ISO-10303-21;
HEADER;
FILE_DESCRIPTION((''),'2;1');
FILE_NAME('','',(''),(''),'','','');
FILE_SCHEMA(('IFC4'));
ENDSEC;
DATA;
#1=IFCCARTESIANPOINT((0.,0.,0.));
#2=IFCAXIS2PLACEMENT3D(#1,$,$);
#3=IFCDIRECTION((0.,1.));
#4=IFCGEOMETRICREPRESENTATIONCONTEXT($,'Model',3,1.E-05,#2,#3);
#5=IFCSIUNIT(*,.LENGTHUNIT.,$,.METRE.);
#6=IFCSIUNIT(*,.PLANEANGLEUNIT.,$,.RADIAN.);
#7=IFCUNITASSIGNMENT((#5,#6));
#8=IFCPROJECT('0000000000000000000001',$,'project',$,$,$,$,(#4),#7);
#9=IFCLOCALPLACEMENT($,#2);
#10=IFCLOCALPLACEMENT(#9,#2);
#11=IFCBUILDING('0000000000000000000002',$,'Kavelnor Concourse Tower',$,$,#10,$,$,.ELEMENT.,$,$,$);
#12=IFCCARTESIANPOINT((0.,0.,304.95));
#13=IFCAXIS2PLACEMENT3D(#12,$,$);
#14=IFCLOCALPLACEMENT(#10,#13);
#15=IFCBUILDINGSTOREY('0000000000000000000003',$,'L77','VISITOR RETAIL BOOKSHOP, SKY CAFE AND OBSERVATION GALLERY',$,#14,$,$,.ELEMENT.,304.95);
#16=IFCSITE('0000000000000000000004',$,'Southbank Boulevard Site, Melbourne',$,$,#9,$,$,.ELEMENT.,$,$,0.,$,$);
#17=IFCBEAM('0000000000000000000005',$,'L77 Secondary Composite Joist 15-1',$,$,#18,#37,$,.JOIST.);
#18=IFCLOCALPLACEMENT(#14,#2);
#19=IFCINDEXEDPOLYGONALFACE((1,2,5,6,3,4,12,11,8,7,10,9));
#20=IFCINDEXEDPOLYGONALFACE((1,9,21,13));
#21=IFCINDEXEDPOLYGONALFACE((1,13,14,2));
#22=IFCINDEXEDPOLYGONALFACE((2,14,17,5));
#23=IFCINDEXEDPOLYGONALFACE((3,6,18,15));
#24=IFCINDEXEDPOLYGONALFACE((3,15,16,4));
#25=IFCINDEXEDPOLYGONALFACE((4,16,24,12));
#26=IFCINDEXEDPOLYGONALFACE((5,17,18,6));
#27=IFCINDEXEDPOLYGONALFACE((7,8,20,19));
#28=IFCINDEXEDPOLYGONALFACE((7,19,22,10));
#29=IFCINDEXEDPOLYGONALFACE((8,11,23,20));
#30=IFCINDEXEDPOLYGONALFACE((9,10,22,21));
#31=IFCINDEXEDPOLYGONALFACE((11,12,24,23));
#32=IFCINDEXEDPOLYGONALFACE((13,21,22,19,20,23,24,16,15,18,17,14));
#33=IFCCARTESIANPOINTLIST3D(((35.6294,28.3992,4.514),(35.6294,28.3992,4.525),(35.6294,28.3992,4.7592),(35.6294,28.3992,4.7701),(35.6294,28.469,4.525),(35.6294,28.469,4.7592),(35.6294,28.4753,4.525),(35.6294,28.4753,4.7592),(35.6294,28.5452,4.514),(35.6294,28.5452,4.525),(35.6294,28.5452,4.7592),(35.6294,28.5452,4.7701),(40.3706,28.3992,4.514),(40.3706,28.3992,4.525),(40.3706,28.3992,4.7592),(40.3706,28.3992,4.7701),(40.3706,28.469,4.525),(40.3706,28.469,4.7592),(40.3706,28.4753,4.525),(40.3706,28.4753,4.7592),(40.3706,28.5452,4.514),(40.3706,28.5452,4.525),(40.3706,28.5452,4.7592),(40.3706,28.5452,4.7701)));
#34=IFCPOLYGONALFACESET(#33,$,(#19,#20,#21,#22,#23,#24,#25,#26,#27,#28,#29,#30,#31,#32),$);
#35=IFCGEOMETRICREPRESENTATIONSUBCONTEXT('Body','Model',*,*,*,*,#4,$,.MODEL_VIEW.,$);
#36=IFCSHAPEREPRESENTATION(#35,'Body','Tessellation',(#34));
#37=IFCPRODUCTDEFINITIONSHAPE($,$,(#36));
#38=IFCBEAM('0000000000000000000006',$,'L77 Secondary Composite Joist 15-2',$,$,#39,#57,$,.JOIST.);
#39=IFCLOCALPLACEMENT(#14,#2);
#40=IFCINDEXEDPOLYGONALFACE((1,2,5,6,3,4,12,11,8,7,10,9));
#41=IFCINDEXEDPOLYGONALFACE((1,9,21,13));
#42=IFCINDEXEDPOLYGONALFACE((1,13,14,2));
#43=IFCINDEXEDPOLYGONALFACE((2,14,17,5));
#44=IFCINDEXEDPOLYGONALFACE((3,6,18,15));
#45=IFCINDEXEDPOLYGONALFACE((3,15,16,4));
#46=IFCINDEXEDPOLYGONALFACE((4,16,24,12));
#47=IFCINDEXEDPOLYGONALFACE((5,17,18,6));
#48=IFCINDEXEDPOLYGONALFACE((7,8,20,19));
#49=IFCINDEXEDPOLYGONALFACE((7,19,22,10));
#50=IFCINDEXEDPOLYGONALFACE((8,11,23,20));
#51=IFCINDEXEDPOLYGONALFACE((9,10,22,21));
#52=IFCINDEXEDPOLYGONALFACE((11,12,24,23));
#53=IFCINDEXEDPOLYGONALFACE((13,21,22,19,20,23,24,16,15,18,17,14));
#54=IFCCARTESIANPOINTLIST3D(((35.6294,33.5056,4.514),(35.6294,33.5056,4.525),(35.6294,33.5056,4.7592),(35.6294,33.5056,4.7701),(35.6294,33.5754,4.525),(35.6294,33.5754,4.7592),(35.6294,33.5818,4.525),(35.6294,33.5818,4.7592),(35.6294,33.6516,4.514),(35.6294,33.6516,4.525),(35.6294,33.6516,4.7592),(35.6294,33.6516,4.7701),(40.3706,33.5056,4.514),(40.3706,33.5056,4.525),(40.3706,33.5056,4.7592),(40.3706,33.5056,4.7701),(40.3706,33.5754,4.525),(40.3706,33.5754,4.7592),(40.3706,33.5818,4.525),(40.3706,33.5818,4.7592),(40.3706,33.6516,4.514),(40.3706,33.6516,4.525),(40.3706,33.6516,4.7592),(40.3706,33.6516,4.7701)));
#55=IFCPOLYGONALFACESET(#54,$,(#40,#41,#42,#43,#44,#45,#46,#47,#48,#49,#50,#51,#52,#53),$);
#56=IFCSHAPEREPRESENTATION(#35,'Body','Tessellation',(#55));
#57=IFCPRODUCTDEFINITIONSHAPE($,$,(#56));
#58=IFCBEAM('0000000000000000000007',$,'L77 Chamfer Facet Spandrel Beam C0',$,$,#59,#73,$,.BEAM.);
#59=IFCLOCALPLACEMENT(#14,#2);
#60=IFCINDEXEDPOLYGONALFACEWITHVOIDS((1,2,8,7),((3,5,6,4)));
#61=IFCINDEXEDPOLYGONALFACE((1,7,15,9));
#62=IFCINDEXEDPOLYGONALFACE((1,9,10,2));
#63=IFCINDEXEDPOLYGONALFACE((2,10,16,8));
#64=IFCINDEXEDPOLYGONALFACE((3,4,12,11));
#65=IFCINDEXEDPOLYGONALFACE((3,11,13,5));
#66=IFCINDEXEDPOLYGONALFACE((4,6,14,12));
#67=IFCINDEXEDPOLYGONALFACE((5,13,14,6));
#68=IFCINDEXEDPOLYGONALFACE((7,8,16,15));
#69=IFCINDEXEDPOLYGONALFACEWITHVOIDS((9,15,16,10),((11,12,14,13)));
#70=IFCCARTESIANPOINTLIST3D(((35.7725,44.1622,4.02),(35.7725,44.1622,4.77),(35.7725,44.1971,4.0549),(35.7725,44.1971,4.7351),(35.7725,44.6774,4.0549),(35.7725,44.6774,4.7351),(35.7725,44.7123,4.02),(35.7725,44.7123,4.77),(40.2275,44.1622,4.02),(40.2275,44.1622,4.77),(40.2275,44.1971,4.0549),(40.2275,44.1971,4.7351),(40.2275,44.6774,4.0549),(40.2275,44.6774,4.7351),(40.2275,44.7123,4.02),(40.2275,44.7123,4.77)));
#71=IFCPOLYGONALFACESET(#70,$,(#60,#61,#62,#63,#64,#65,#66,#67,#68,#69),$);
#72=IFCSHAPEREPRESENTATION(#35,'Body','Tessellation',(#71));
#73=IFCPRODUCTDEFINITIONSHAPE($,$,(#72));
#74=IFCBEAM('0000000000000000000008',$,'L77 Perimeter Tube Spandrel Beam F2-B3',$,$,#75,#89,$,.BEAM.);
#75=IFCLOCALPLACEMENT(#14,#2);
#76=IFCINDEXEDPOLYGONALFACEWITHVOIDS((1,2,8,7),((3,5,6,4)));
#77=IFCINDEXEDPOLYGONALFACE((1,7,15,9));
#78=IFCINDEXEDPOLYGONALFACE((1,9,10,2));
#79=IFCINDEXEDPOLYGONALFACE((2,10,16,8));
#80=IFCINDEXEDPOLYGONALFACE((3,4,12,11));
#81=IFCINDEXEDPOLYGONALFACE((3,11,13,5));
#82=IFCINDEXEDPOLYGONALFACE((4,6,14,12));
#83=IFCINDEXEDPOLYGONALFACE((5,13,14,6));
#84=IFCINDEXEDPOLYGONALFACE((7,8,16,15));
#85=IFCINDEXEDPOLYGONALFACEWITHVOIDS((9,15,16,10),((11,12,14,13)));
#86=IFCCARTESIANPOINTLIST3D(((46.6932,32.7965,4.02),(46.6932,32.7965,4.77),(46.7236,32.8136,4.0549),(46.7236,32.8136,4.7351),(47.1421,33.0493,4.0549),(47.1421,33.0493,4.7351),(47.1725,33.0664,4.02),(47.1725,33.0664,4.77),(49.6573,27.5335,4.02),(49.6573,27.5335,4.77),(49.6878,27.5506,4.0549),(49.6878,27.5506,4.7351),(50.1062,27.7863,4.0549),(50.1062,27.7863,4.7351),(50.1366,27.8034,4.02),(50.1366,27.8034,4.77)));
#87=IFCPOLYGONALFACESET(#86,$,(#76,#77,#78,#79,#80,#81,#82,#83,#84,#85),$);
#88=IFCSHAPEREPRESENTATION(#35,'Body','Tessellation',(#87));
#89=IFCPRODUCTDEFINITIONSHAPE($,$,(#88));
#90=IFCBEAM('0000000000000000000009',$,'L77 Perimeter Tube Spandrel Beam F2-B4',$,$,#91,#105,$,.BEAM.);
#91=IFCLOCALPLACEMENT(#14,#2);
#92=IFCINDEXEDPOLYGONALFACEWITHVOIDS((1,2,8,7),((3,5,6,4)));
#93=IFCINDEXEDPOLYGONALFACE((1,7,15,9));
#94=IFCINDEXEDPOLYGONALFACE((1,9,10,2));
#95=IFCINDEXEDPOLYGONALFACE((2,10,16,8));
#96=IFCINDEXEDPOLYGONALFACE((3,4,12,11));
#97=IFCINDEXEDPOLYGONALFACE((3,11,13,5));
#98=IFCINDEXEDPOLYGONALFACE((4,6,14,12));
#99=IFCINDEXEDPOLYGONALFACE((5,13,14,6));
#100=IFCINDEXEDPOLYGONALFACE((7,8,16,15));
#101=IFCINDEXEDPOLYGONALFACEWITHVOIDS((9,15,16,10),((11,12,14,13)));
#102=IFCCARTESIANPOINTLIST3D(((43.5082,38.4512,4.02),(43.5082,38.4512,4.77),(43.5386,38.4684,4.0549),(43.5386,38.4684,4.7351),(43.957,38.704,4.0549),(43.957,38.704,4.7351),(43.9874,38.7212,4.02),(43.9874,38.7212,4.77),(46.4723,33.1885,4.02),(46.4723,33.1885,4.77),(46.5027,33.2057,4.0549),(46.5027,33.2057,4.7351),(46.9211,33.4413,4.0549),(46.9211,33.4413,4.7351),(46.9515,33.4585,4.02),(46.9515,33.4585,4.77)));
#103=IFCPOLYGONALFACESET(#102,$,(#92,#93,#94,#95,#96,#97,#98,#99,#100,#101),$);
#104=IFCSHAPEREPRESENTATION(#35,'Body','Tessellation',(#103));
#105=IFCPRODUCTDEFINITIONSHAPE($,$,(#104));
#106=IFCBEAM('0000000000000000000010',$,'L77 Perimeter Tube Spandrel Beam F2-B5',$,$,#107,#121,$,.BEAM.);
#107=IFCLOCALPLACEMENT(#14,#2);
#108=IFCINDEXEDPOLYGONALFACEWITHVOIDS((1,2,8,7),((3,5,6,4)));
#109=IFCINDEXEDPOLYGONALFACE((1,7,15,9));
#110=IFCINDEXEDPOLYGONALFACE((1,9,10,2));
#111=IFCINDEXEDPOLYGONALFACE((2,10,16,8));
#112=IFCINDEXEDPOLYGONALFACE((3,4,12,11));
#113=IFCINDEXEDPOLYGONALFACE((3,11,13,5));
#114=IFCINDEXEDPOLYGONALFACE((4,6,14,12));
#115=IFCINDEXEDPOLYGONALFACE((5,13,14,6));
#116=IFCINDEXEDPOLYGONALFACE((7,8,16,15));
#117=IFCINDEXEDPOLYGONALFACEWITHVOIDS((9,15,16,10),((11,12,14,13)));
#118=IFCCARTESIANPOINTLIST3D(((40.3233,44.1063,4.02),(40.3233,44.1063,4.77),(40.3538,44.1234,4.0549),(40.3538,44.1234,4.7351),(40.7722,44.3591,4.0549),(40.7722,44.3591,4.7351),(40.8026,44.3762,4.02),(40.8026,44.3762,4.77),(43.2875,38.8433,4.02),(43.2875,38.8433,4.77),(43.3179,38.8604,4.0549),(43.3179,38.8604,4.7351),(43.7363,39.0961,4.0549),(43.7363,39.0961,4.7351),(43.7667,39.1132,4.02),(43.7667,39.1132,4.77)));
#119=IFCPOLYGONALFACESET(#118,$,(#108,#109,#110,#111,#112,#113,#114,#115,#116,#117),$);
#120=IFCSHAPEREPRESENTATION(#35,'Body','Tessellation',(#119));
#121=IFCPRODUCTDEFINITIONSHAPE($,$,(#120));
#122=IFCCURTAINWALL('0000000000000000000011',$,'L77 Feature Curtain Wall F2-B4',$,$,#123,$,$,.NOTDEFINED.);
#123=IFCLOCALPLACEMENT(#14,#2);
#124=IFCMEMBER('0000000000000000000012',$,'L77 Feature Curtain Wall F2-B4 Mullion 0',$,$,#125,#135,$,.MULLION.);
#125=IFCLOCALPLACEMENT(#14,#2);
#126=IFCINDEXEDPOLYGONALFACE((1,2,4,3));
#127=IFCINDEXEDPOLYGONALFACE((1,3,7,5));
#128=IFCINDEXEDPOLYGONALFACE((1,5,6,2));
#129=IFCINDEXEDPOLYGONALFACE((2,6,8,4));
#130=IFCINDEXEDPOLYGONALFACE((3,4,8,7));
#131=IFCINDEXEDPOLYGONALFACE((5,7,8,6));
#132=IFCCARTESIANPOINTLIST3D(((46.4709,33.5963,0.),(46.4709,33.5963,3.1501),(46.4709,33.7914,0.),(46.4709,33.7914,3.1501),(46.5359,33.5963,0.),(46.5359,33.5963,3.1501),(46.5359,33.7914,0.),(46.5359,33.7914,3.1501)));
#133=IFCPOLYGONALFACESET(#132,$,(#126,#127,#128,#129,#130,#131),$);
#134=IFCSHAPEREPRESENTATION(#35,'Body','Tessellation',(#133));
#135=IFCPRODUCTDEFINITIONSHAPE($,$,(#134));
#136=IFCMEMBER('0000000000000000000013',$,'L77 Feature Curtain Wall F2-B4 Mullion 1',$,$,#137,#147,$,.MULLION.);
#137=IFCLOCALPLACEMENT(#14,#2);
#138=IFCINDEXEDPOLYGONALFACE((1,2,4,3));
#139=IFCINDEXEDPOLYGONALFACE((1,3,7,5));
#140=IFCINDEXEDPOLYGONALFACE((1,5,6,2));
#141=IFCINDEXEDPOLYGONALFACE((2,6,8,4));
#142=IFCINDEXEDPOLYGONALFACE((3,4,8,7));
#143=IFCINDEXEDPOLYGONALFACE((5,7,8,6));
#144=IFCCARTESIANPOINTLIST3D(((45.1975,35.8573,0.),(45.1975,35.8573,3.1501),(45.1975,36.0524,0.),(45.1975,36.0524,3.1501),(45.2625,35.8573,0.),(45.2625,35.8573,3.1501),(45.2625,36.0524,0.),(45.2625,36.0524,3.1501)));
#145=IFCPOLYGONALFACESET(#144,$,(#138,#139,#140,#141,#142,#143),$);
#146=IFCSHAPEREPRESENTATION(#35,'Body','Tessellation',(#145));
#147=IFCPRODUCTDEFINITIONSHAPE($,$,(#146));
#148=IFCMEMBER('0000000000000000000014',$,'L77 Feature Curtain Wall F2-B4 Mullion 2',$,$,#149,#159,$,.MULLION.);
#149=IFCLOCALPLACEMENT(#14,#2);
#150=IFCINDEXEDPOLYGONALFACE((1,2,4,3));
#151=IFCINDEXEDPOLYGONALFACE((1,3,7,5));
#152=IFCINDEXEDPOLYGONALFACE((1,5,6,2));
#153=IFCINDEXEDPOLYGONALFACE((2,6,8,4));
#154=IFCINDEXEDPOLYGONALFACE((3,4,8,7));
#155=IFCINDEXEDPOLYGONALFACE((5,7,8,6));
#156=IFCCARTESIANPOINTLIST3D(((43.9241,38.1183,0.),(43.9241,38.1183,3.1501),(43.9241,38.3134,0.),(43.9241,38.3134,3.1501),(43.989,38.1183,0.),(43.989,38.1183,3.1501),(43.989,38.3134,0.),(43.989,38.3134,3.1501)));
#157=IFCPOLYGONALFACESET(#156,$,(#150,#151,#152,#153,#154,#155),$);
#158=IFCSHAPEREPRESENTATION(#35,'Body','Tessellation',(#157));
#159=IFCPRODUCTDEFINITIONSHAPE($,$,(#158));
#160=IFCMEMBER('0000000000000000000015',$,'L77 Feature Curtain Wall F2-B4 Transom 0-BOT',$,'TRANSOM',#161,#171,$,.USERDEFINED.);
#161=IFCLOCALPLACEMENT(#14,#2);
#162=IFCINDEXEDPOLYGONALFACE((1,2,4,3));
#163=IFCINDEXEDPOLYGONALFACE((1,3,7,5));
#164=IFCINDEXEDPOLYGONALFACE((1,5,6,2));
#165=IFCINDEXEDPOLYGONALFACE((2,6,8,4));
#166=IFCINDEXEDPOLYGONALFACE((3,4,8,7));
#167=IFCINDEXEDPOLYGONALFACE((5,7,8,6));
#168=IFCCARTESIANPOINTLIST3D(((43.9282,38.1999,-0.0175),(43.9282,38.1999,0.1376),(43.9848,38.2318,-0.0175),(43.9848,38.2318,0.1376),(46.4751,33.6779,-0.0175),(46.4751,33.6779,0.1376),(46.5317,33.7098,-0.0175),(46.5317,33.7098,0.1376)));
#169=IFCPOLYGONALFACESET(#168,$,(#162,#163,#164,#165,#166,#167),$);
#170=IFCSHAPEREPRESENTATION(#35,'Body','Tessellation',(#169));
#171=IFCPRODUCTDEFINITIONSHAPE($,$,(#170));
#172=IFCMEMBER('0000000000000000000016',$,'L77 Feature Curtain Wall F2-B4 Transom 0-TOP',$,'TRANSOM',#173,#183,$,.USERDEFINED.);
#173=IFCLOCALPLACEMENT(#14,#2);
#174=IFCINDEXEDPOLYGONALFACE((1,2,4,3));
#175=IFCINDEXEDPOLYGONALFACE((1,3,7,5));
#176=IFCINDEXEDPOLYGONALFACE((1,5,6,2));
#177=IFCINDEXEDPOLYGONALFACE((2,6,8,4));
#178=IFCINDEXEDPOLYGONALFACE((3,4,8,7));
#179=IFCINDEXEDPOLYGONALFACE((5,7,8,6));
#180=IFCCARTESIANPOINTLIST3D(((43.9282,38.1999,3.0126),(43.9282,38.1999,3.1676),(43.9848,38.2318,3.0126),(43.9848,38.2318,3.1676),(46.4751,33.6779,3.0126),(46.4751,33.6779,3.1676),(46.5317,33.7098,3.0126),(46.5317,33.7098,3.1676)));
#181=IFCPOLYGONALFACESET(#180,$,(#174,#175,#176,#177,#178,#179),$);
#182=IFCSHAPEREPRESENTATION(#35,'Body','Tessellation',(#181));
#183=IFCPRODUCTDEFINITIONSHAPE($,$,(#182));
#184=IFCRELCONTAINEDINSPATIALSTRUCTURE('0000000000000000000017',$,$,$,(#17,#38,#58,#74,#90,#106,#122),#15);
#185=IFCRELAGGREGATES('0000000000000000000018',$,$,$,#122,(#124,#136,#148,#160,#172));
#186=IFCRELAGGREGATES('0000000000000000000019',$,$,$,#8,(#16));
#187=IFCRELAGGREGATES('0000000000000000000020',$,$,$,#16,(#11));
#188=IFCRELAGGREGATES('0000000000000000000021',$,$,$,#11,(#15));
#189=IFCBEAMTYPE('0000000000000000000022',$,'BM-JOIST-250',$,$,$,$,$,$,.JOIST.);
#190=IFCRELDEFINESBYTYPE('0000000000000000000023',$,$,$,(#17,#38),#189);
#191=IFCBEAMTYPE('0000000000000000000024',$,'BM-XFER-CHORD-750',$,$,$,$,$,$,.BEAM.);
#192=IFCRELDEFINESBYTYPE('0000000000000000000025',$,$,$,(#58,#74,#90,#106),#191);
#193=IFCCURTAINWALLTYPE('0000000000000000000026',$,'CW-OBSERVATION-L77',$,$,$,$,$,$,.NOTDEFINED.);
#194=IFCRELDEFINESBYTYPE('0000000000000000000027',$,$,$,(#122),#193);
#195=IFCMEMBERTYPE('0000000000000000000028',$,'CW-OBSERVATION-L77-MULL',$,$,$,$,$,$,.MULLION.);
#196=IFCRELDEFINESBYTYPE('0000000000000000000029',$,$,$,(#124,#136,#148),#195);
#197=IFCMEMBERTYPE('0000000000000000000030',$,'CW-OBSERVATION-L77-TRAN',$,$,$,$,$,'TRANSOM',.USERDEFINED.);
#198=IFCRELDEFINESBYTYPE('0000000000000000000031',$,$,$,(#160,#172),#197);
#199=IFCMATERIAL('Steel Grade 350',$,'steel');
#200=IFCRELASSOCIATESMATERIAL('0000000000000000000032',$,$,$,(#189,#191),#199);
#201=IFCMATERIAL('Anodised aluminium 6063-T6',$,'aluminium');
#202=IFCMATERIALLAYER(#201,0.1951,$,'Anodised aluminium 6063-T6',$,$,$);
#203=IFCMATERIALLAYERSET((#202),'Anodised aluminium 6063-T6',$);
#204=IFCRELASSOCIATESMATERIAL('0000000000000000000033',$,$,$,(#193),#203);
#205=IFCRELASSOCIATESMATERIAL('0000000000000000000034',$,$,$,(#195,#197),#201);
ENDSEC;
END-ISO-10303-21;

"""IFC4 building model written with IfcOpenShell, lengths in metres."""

from ifc_helpers import new_model, si_unit, direction, frame, origin, origin_2d, place, context, subcontext, project, spatial, rectangle, hollow_rectangle, i_section, extrude, material, layer, layer_set, material_profile, profile_set, type_object, element, aggregate, save


model = new_model("IFC4")

# Units and contexts
model_context = context("Model", 3, precision=1e-05, world=origin(), true_north=direction((0.0, 1.0)))
body_context = subcontext(model_context, "Body", "Model", "MODEL_VIEW")
ifc_project = project(units=[si_unit("LENGTHUNIT", "METRE"), si_unit("PLANEANGLEUNIT", "RADIAN")], contexts=[model_context])

# Site, building, storey
site_placement = place(None, origin())
site = spatial("IfcSite", under=ifc_project, at=site_placement, Name="Southbank Boulevard Site, Melbourne", CompositionType="ELEMENT", RefElevation=0.0)
building_placement = place(site_placement, origin())
building = spatial("IfcBuilding", under=site, at=building_placement, Name="Kavelnor Concourse Tower", CompositionType="ELEMENT")
storey_placement = place(building_placement, frame((0.0, 0.0, 304.95)))
storey = spatial("IfcBuildingStorey", under=building, at=storey_placement, Name="L77", Description="VISITOR RETAIL BOOKSHOP, SKY CAFE AND OBSERVATION GALLERY", CompositionType="ELEMENT", Elevation=304.95)

# Shared definitions
ifc_material_1 = material(Name="Steel Grade 350", Category="steel")

# Beams
ifc_material_profile_1 = material_profile(ifc_material_1, i_section(OverallWidth=0.146, OverallDepth=0.2561, WebThickness=0.0063, FlangeThickness=0.011, at=origin_2d()), Name="250UB37")
ifc_profile_set_1 = profile_set([ifc_material_profile_1], Name="Steel Grade 350")
beam_type_1 = type_object("IfcBeamType", Name="BM-JOIST-250", PredefinedType="JOIST", material=ifc_profile_set_1)
for number, where, z_axis, x_axis, name in (
    (1, (40.3706, 28.4722, 4.6421), (-1.0, 0.0, 0.0), (0.0, -1.0, 0.0), "L77 Secondary Composite Joist 15-1"),
    (2, (40.3706, 33.5786, 4.6421), (-1.0, 0.0, 0.0), (0.0, -1.0, 0.0), "L77 Secondary Composite Joist 15-2"),
):
    element("IfcBeam", number, at=place(storey_placement, frame(where, z_axis=z_axis, x_axis=x_axis)), inside=storey, type_object=beam_type_1, Name=name, PredefinedType="JOIST", context=body_context, shape_type="SweptSolid", body=[
        extrude(i_section(OverallWidth=0.146, OverallDepth=0.2561, WebThickness=0.0063, FlangeThickness=0.011, at=origin_2d()), origin(), (0.0, 0.0, 1.0), 4.7412),
    ])
ifc_material_profile_2 = material_profile(ifc_material_1, hollow_rectangle(XDim=0.55, YDim=0.75, WallThickness=0.0349, at=origin_2d()), Name="RHS 750x550x35")
ifc_profile_set_2 = profile_set([ifc_material_profile_2], Name="Steel Grade 350")
beam_type_2 = type_object("IfcBeamType", Name="BM-XFER-CHORD-750", PredefinedType="BEAM", material=ifc_profile_set_2)
beam_1_placement = place(storey_placement, frame((40.2275, 44.4373, 4.395), z_axis=(-1.0, 0.0, 0.0), x_axis=(0.0, -1.0, 0.0)))
element("IfcBeam", 3, at=beam_1_placement, inside=storey, type_object=beam_type_2, Name="L77 Chamfer Facet Spandrel Beam C0", PredefinedType="BEAM", context=body_context, shape_type="SweptSolid", body=[
    extrude(hollow_rectangle(XDim=0.55, YDim=0.75, WallThickness=0.0349, at=origin_2d()), origin(), (0.0, 0.0, 1.0), 4.4551),
])
beam_2_placement = place(storey_placement, frame((49.897, 27.6685, 4.395), z_axis=(-0.490727, 0.871313, 0.0), x_axis=(-0.871313, -0.490727, 0.0)))
element("IfcBeam", 4, at=beam_2_placement, inside=storey, type_object=beam_type_2, Name="L77 Perimeter Tube Spandrel Beam F2-B3", PredefinedType="BEAM", context=body_context, shape_type="SweptSolid", body=[
    extrude(hollow_rectangle(XDim=0.55, YDim=0.75, WallThickness=0.0349, at=origin_2d()), origin(), (0.0, 0.0, 1.0), 6.0403),
])
beam_3_placement = place(storey_placement, frame((46.7119, 33.3235, 4.395), z_axis=(-0.490745, 0.871303, 0.0), x_axis=(-0.871303, -0.490745, 0.0)))
element("IfcBeam", 5, at=beam_3_placement, inside=storey, type_object=beam_type_2, Name="L77 Perimeter Tube Spandrel Beam F2-B4", PredefinedType="BEAM", context=body_context, shape_type="SweptSolid", body=[
    extrude(hollow_rectangle(XDim=0.55, YDim=0.75, WallThickness=0.0349, at=origin_2d()), origin(), (0.0, 0.0, 1.0), 6.04),
])
beam_4_placement = place(storey_placement, frame((43.5271, 38.9783, 4.395), z_axis=(-0.490727, 0.871313, 0.0), x_axis=(-0.871313, -0.490727, 0.0)))
element("IfcBeam", 6, at=beam_4_placement, inside=storey, type_object=beam_type_2, Name="L77 Perimeter Tube Spandrel Beam F2-B5", PredefinedType="BEAM", context=body_context, shape_type="SweptSolid", body=[
    extrude(hollow_rectangle(XDim=0.55, YDim=0.75, WallThickness=0.0349, at=origin_2d()), origin(), (0.0, 0.0, 1.0), 6.0403),
])

# Curtain wall, members
ifc_material_2 = material(Name="Anodised aluminium 6063-T6", Category="aluminium")
ifc_layer_1 = layer(ifc_material_2, 0.1951, Name="Anodised aluminium 6063-T6")
ifc_layer_set_1 = layer_set([ifc_layer_1], Name="Anodised aluminium 6063-T6")
curtain_wall_type = type_object("IfcCurtainWallType", Name="CW-OBSERVATION-L77", PredefinedType="NOTDEFINED", material=ifc_layer_set_1)
curtain_wall_placement = place(storey_placement, origin())
curtain_wall = element("IfcCurtainWall", 7, at=curtain_wall_placement, inside=storey, type_object=curtain_wall_type, Name="L77 Feature Curtain Wall F2-B4", PredefinedType="NOTDEFINED")
ifc_material_profile_3 = material_profile(ifc_material_2, rectangle(XDim=0.0649, YDim=0.1951, at=origin_2d()), Name="AL-MULL 65x195")
ifc_profile_set_3 = profile_set([ifc_material_profile_3], Name="Anodised aluminium 6063-T6")
member_type_1 = type_object("IfcMemberType", Name="CW-OBSERVATION-L77-MULL", PredefinedType="MULLION", material=ifc_profile_set_3)
member_1_placement = place(storey_placement, frame((46.5034, 33.6938, 0.0), z_axis=(0.0, 0.0, 1.0), x_axis=(1.0, 0.0, 0.0)))
member_1 = element("IfcMember", 8, at=member_1_placement, type_object=member_type_1, Name="L77 Feature Curtain Wall F2-B4 Mullion 0", PredefinedType="MULLION", context=body_context, shape_type="SweptSolid", body=[
    extrude(rectangle(XDim=0.0649, YDim=0.1951, at=origin_2d()), origin(), (0.0, 0.0, 1.0), 3.1501),
])
member_2_placement = place(storey_placement, frame((45.23, 35.9548, 0.0), z_axis=(0.0, 0.0, 1.0), x_axis=(1.0, 0.0, 0.0)))
member_2 = element("IfcMember", 9, at=member_2_placement, type_object=member_type_1, Name="L77 Feature Curtain Wall F2-B4 Mullion 1", PredefinedType="MULLION", context=body_context, shape_type="SweptSolid", body=[
    extrude(rectangle(XDim=0.0649, YDim=0.1951, at=origin_2d()), origin(), (0.0, 0.0, 1.0), 3.1501),
])
member_3_placement = place(storey_placement, frame((43.9565, 38.2158, 0.0), z_axis=(0.0, 0.0, 1.0), x_axis=(1.0, 0.0, 0.0)))
member_3 = element("IfcMember", 10, at=member_3_placement, type_object=member_type_1, Name="L77 Feature Curtain Wall F2-B4 Mullion 2", PredefinedType="MULLION", context=body_context, shape_type="SweptSolid", body=[
    extrude(rectangle(XDim=0.0649, YDim=0.1951, at=origin_2d()), origin(), (0.0, 0.0, 1.0), 3.1501),
])
ifc_material_profile_4 = material_profile(ifc_material_2, rectangle(XDim=0.0649, YDim=0.155, at=origin_2d()), Name="AL-TRAN 65x155")
ifc_profile_set_4 = profile_set([ifc_material_profile_4], Name="Anodised aluminium 6063-T6")
member_type_2 = type_object("IfcMemberType", Name="CW-OBSERVATION-L77-TRAN", ElementType="TRANSOM", PredefinedType="USERDEFINED", material=ifc_profile_set_4)
member_4_placement = place(storey_placement, frame((46.5034, 33.6938, 0.0601), z_axis=(-0.490739, 0.871307, 0.0), x_axis=(-0.871307, -0.490739, 0.0)))
member_4 = element("IfcMember", 11, at=member_4_placement, type_object=member_type_2, Name="L77 Feature Curtain Wall F2-B4 Transom 0-BOT", ObjectType="TRANSOM", PredefinedType="USERDEFINED", context=body_context, shape_type="SweptSolid", body=[
    extrude(rectangle(XDim=0.0649, YDim=0.155, at=origin_2d()), origin(), (0.0, 0.0, 1.0), 5.1899),
])
member_5_placement = place(storey_placement, frame((46.5034, 33.6938, 3.0901), z_axis=(-0.490739, 0.871307, 0.0), x_axis=(-0.871307, -0.490739, 0.0)))
member_5 = element("IfcMember", 12, at=member_5_placement, type_object=member_type_2, Name="L77 Feature Curtain Wall F2-B4 Transom 0-TOP", ObjectType="TRANSOM", PredefinedType="USERDEFINED", context=body_context, shape_type="SweptSolid", body=[
    extrude(rectangle(XDim=0.0649, YDim=0.155, at=origin_2d()), origin(), (0.0, 0.0, 1.0), 5.1899),
])

aggregate(curtain_wall, [member_1, member_2, member_3, member_4, member_5])

save(model, "model.ifc")
